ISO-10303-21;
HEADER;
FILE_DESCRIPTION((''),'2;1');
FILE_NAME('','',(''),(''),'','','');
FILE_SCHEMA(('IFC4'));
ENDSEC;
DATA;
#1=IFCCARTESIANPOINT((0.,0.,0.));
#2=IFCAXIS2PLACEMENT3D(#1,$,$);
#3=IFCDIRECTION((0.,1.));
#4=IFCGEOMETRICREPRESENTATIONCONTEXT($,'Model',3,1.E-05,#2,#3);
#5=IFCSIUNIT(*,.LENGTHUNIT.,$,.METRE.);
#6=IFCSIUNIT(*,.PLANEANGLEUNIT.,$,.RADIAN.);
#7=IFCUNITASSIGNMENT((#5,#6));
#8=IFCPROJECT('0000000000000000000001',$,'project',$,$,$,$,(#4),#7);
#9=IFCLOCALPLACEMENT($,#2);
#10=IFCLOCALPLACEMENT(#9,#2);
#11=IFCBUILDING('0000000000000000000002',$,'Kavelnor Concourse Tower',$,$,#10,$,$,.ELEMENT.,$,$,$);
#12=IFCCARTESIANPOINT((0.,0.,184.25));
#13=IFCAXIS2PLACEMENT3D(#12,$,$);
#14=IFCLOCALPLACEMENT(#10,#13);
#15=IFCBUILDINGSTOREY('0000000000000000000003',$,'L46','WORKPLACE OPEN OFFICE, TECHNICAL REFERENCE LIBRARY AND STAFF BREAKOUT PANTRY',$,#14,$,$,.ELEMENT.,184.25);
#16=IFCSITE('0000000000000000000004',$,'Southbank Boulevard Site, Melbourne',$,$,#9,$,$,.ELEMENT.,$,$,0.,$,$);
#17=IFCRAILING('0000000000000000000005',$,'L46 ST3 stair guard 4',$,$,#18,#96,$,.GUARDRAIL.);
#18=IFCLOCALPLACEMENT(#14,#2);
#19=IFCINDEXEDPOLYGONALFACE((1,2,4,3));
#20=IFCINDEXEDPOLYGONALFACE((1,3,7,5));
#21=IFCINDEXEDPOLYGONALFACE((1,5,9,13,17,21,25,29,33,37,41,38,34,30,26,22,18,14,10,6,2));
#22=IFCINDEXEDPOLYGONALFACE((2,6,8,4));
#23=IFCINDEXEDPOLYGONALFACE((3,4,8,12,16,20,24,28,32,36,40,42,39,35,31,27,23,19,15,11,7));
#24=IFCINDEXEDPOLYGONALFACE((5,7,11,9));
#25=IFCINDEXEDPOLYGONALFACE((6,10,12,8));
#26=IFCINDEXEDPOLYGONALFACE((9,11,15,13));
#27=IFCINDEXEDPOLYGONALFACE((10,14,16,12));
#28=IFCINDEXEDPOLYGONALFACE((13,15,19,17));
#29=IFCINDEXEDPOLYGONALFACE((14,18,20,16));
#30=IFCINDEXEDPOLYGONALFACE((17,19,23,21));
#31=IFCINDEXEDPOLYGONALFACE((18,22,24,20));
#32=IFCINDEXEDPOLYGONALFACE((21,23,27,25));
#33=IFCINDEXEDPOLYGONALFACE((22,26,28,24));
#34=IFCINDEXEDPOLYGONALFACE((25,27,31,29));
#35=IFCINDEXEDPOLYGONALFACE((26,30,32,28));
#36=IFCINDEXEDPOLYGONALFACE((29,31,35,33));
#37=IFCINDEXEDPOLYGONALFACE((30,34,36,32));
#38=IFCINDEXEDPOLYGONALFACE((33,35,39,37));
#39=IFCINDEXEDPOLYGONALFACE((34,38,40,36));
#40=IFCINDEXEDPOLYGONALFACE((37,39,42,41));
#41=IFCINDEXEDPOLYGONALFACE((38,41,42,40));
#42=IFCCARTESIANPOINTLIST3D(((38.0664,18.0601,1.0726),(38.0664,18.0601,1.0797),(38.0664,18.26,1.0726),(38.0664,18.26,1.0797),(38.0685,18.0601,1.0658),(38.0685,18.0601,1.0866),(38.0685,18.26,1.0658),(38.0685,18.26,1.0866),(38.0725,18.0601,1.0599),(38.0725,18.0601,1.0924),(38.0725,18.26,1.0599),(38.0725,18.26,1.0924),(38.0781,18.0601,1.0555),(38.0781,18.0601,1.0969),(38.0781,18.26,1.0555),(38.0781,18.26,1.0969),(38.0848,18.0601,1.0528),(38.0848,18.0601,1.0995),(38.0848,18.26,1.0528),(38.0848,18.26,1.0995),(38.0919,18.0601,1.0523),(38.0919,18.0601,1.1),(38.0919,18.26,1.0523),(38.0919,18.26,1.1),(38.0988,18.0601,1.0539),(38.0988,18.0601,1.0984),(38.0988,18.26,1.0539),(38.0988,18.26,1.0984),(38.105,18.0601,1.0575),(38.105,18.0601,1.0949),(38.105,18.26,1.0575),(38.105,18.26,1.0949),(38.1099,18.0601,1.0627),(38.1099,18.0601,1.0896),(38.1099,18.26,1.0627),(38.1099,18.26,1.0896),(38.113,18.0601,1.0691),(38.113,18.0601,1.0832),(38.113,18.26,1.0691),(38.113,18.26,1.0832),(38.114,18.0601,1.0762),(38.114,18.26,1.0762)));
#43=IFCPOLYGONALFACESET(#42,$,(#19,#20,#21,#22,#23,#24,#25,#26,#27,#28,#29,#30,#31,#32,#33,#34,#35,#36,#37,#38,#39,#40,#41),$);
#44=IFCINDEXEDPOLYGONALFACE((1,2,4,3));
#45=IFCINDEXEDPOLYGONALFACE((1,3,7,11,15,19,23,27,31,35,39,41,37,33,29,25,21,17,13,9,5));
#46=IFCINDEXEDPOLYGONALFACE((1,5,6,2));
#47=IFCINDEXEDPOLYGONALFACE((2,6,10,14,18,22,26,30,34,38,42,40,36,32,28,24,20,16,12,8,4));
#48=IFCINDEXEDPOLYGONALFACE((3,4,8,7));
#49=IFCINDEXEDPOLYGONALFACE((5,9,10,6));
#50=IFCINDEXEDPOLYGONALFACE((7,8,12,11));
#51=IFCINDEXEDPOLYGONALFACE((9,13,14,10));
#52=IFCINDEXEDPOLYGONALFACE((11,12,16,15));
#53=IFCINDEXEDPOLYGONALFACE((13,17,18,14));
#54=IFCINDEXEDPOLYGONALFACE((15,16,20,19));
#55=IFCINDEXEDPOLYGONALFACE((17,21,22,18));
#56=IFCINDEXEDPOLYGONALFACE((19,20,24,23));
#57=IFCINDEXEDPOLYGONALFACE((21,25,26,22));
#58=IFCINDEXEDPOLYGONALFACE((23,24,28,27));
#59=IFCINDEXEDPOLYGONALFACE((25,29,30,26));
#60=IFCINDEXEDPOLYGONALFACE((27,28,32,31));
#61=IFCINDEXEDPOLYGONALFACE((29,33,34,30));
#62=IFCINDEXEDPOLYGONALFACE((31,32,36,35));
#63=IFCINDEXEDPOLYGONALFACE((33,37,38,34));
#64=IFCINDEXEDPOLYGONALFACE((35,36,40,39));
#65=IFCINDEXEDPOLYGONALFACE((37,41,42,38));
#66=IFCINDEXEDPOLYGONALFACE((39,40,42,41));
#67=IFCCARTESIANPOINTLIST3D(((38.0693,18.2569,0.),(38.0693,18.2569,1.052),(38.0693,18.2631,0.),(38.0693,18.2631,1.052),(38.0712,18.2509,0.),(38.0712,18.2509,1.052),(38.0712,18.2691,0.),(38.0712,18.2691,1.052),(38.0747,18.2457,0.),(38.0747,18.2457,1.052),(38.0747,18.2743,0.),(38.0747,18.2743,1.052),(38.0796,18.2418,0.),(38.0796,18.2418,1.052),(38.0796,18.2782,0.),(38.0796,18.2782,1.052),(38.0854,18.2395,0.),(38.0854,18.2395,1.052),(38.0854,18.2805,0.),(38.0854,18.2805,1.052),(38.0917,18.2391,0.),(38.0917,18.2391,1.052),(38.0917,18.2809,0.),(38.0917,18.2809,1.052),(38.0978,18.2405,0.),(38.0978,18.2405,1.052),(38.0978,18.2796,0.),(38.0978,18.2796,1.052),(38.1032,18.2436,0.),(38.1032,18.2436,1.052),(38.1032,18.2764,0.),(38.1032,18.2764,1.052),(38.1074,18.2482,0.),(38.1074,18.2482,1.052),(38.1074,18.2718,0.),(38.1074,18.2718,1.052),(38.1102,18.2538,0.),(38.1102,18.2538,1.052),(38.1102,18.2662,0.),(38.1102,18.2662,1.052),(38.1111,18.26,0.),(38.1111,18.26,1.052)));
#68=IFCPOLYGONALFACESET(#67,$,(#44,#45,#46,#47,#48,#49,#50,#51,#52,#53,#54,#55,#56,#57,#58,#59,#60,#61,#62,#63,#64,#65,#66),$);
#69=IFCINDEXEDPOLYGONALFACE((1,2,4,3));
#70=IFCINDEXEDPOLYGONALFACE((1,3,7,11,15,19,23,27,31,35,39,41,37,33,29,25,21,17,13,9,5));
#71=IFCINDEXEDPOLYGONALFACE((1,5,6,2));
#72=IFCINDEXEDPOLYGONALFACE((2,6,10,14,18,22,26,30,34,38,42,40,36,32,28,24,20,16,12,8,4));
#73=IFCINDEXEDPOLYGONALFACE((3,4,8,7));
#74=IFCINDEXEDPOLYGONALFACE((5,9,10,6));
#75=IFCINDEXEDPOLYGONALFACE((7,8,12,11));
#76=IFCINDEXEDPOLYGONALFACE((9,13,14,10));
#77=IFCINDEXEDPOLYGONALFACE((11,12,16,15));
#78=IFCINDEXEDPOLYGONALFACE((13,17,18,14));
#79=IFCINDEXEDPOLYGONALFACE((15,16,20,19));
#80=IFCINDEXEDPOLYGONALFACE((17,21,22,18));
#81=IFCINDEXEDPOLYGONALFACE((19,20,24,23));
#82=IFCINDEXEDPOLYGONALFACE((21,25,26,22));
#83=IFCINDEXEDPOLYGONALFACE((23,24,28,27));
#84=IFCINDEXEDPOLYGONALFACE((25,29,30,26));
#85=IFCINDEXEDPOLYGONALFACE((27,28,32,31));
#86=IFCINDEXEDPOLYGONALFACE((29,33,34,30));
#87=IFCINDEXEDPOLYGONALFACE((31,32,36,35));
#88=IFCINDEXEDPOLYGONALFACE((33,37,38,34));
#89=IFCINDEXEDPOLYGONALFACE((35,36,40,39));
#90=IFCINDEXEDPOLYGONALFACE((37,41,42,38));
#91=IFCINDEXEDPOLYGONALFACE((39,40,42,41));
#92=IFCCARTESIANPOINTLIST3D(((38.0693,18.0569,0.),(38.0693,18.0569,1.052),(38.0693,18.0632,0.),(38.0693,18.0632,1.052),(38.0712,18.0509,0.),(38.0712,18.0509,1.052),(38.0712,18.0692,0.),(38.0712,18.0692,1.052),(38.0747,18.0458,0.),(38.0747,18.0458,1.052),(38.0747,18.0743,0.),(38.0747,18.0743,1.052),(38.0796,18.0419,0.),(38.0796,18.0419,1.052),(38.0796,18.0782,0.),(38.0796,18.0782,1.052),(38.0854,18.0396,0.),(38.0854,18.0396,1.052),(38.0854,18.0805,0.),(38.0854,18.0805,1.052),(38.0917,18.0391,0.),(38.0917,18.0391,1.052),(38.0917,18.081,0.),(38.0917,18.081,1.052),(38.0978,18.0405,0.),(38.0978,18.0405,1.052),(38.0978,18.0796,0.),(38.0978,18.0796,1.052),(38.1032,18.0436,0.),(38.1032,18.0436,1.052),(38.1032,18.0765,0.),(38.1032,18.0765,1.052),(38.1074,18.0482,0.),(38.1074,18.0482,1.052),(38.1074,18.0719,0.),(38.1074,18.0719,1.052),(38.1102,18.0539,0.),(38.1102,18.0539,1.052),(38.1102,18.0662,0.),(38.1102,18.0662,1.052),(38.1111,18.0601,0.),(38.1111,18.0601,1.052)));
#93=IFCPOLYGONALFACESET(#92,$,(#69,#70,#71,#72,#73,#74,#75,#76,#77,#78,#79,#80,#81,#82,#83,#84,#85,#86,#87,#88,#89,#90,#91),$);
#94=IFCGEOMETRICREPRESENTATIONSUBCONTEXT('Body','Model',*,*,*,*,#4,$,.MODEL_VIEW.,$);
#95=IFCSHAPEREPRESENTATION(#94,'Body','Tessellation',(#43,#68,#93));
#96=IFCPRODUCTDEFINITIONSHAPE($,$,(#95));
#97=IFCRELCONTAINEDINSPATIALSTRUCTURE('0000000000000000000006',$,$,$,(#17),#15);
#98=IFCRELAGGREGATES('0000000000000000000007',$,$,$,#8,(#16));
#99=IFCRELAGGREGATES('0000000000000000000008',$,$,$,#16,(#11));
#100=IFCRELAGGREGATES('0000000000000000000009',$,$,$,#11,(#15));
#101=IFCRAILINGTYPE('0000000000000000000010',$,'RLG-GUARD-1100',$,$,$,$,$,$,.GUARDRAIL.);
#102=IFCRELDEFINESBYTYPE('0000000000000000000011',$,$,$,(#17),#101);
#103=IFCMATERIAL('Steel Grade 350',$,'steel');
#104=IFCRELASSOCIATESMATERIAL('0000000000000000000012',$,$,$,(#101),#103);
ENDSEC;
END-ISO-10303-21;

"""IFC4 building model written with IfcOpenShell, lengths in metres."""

from ifc_helpers import new_model, si_unit, direction, frame, origin, origin_2d, place, context, subcontext, project, spatial, circle, extrude, material, type_object, element, save


model = new_model("IFC4")

# Units and contexts
model_context = context("Model", 3, precision=1e-05, world=origin(), true_north=direction((0.0, 1.0)))
body_context = subcontext(model_context, "Body", "Model", "MODEL_VIEW")
ifc_project = project(units=[si_unit("LENGTHUNIT", "METRE"), si_unit("PLANEANGLEUNIT", "RADIAN")], contexts=[model_context])

# Site, building, storey
site_placement = place(None, origin())
site = spatial("IfcSite", under=ifc_project, at=site_placement, Name="Southbank Boulevard Site, Melbourne", CompositionType="ELEMENT", RefElevation=0.0)
building_placement = place(site_placement, origin())
building = spatial("IfcBuilding", under=site, at=building_placement, Name="Kavelnor Concourse Tower", CompositionType="ELEMENT")
storey_placement = place(building_placement, frame((0.0, 0.0, 184.25)))
storey = spatial("IfcBuildingStorey", under=building, at=storey_placement, Name="L46", Description="WORKPLACE OPEN OFFICE, TECHNICAL REFERENCE LIBRARY AND STAFF BREAKOUT PANTRY", CompositionType="ELEMENT", Elevation=184.25)

# Shared definitions
ifc_material_1 = material(Name="Steel Grade 350", Category="steel")

# Railing
railing_type_1 = type_object("IfcRailingType", Name="RLG-GUARD-1100", PredefinedType="GUARDRAIL", material=ifc_material_1)
railing_1_placement = place(storey_placement, frame((38.0901, 18.26, 0.0)))
element("IfcRailing", 1, at=railing_1_placement, inside=storey, type_object=railing_type_1, Name="L46 ST3 stair guard 4", PredefinedType="GUARDRAIL", context=body_context, shape_type="SweptSolid", body=[
    extrude(circle(Radius=0.0239, at=origin_2d()), frame((0.0, 0.0, 1.0762), z_axis=(0.0, -1.0, 0.0), x_axis=(1.0, 0.0, 0.0)), (0.0, 0.0, 1.0), 0.2),
    extrude(circle(Radius=0.021, at=origin_2d()), origin(), (0.0, 0.0, 1.0), 1.052),
    extrude(circle(Radius=0.021, at=origin_2d()), frame((0.0, -0.2, 0.0)), (0.0, 0.0, 1.0), 1.052),
])

save(model, "model.ifc")
